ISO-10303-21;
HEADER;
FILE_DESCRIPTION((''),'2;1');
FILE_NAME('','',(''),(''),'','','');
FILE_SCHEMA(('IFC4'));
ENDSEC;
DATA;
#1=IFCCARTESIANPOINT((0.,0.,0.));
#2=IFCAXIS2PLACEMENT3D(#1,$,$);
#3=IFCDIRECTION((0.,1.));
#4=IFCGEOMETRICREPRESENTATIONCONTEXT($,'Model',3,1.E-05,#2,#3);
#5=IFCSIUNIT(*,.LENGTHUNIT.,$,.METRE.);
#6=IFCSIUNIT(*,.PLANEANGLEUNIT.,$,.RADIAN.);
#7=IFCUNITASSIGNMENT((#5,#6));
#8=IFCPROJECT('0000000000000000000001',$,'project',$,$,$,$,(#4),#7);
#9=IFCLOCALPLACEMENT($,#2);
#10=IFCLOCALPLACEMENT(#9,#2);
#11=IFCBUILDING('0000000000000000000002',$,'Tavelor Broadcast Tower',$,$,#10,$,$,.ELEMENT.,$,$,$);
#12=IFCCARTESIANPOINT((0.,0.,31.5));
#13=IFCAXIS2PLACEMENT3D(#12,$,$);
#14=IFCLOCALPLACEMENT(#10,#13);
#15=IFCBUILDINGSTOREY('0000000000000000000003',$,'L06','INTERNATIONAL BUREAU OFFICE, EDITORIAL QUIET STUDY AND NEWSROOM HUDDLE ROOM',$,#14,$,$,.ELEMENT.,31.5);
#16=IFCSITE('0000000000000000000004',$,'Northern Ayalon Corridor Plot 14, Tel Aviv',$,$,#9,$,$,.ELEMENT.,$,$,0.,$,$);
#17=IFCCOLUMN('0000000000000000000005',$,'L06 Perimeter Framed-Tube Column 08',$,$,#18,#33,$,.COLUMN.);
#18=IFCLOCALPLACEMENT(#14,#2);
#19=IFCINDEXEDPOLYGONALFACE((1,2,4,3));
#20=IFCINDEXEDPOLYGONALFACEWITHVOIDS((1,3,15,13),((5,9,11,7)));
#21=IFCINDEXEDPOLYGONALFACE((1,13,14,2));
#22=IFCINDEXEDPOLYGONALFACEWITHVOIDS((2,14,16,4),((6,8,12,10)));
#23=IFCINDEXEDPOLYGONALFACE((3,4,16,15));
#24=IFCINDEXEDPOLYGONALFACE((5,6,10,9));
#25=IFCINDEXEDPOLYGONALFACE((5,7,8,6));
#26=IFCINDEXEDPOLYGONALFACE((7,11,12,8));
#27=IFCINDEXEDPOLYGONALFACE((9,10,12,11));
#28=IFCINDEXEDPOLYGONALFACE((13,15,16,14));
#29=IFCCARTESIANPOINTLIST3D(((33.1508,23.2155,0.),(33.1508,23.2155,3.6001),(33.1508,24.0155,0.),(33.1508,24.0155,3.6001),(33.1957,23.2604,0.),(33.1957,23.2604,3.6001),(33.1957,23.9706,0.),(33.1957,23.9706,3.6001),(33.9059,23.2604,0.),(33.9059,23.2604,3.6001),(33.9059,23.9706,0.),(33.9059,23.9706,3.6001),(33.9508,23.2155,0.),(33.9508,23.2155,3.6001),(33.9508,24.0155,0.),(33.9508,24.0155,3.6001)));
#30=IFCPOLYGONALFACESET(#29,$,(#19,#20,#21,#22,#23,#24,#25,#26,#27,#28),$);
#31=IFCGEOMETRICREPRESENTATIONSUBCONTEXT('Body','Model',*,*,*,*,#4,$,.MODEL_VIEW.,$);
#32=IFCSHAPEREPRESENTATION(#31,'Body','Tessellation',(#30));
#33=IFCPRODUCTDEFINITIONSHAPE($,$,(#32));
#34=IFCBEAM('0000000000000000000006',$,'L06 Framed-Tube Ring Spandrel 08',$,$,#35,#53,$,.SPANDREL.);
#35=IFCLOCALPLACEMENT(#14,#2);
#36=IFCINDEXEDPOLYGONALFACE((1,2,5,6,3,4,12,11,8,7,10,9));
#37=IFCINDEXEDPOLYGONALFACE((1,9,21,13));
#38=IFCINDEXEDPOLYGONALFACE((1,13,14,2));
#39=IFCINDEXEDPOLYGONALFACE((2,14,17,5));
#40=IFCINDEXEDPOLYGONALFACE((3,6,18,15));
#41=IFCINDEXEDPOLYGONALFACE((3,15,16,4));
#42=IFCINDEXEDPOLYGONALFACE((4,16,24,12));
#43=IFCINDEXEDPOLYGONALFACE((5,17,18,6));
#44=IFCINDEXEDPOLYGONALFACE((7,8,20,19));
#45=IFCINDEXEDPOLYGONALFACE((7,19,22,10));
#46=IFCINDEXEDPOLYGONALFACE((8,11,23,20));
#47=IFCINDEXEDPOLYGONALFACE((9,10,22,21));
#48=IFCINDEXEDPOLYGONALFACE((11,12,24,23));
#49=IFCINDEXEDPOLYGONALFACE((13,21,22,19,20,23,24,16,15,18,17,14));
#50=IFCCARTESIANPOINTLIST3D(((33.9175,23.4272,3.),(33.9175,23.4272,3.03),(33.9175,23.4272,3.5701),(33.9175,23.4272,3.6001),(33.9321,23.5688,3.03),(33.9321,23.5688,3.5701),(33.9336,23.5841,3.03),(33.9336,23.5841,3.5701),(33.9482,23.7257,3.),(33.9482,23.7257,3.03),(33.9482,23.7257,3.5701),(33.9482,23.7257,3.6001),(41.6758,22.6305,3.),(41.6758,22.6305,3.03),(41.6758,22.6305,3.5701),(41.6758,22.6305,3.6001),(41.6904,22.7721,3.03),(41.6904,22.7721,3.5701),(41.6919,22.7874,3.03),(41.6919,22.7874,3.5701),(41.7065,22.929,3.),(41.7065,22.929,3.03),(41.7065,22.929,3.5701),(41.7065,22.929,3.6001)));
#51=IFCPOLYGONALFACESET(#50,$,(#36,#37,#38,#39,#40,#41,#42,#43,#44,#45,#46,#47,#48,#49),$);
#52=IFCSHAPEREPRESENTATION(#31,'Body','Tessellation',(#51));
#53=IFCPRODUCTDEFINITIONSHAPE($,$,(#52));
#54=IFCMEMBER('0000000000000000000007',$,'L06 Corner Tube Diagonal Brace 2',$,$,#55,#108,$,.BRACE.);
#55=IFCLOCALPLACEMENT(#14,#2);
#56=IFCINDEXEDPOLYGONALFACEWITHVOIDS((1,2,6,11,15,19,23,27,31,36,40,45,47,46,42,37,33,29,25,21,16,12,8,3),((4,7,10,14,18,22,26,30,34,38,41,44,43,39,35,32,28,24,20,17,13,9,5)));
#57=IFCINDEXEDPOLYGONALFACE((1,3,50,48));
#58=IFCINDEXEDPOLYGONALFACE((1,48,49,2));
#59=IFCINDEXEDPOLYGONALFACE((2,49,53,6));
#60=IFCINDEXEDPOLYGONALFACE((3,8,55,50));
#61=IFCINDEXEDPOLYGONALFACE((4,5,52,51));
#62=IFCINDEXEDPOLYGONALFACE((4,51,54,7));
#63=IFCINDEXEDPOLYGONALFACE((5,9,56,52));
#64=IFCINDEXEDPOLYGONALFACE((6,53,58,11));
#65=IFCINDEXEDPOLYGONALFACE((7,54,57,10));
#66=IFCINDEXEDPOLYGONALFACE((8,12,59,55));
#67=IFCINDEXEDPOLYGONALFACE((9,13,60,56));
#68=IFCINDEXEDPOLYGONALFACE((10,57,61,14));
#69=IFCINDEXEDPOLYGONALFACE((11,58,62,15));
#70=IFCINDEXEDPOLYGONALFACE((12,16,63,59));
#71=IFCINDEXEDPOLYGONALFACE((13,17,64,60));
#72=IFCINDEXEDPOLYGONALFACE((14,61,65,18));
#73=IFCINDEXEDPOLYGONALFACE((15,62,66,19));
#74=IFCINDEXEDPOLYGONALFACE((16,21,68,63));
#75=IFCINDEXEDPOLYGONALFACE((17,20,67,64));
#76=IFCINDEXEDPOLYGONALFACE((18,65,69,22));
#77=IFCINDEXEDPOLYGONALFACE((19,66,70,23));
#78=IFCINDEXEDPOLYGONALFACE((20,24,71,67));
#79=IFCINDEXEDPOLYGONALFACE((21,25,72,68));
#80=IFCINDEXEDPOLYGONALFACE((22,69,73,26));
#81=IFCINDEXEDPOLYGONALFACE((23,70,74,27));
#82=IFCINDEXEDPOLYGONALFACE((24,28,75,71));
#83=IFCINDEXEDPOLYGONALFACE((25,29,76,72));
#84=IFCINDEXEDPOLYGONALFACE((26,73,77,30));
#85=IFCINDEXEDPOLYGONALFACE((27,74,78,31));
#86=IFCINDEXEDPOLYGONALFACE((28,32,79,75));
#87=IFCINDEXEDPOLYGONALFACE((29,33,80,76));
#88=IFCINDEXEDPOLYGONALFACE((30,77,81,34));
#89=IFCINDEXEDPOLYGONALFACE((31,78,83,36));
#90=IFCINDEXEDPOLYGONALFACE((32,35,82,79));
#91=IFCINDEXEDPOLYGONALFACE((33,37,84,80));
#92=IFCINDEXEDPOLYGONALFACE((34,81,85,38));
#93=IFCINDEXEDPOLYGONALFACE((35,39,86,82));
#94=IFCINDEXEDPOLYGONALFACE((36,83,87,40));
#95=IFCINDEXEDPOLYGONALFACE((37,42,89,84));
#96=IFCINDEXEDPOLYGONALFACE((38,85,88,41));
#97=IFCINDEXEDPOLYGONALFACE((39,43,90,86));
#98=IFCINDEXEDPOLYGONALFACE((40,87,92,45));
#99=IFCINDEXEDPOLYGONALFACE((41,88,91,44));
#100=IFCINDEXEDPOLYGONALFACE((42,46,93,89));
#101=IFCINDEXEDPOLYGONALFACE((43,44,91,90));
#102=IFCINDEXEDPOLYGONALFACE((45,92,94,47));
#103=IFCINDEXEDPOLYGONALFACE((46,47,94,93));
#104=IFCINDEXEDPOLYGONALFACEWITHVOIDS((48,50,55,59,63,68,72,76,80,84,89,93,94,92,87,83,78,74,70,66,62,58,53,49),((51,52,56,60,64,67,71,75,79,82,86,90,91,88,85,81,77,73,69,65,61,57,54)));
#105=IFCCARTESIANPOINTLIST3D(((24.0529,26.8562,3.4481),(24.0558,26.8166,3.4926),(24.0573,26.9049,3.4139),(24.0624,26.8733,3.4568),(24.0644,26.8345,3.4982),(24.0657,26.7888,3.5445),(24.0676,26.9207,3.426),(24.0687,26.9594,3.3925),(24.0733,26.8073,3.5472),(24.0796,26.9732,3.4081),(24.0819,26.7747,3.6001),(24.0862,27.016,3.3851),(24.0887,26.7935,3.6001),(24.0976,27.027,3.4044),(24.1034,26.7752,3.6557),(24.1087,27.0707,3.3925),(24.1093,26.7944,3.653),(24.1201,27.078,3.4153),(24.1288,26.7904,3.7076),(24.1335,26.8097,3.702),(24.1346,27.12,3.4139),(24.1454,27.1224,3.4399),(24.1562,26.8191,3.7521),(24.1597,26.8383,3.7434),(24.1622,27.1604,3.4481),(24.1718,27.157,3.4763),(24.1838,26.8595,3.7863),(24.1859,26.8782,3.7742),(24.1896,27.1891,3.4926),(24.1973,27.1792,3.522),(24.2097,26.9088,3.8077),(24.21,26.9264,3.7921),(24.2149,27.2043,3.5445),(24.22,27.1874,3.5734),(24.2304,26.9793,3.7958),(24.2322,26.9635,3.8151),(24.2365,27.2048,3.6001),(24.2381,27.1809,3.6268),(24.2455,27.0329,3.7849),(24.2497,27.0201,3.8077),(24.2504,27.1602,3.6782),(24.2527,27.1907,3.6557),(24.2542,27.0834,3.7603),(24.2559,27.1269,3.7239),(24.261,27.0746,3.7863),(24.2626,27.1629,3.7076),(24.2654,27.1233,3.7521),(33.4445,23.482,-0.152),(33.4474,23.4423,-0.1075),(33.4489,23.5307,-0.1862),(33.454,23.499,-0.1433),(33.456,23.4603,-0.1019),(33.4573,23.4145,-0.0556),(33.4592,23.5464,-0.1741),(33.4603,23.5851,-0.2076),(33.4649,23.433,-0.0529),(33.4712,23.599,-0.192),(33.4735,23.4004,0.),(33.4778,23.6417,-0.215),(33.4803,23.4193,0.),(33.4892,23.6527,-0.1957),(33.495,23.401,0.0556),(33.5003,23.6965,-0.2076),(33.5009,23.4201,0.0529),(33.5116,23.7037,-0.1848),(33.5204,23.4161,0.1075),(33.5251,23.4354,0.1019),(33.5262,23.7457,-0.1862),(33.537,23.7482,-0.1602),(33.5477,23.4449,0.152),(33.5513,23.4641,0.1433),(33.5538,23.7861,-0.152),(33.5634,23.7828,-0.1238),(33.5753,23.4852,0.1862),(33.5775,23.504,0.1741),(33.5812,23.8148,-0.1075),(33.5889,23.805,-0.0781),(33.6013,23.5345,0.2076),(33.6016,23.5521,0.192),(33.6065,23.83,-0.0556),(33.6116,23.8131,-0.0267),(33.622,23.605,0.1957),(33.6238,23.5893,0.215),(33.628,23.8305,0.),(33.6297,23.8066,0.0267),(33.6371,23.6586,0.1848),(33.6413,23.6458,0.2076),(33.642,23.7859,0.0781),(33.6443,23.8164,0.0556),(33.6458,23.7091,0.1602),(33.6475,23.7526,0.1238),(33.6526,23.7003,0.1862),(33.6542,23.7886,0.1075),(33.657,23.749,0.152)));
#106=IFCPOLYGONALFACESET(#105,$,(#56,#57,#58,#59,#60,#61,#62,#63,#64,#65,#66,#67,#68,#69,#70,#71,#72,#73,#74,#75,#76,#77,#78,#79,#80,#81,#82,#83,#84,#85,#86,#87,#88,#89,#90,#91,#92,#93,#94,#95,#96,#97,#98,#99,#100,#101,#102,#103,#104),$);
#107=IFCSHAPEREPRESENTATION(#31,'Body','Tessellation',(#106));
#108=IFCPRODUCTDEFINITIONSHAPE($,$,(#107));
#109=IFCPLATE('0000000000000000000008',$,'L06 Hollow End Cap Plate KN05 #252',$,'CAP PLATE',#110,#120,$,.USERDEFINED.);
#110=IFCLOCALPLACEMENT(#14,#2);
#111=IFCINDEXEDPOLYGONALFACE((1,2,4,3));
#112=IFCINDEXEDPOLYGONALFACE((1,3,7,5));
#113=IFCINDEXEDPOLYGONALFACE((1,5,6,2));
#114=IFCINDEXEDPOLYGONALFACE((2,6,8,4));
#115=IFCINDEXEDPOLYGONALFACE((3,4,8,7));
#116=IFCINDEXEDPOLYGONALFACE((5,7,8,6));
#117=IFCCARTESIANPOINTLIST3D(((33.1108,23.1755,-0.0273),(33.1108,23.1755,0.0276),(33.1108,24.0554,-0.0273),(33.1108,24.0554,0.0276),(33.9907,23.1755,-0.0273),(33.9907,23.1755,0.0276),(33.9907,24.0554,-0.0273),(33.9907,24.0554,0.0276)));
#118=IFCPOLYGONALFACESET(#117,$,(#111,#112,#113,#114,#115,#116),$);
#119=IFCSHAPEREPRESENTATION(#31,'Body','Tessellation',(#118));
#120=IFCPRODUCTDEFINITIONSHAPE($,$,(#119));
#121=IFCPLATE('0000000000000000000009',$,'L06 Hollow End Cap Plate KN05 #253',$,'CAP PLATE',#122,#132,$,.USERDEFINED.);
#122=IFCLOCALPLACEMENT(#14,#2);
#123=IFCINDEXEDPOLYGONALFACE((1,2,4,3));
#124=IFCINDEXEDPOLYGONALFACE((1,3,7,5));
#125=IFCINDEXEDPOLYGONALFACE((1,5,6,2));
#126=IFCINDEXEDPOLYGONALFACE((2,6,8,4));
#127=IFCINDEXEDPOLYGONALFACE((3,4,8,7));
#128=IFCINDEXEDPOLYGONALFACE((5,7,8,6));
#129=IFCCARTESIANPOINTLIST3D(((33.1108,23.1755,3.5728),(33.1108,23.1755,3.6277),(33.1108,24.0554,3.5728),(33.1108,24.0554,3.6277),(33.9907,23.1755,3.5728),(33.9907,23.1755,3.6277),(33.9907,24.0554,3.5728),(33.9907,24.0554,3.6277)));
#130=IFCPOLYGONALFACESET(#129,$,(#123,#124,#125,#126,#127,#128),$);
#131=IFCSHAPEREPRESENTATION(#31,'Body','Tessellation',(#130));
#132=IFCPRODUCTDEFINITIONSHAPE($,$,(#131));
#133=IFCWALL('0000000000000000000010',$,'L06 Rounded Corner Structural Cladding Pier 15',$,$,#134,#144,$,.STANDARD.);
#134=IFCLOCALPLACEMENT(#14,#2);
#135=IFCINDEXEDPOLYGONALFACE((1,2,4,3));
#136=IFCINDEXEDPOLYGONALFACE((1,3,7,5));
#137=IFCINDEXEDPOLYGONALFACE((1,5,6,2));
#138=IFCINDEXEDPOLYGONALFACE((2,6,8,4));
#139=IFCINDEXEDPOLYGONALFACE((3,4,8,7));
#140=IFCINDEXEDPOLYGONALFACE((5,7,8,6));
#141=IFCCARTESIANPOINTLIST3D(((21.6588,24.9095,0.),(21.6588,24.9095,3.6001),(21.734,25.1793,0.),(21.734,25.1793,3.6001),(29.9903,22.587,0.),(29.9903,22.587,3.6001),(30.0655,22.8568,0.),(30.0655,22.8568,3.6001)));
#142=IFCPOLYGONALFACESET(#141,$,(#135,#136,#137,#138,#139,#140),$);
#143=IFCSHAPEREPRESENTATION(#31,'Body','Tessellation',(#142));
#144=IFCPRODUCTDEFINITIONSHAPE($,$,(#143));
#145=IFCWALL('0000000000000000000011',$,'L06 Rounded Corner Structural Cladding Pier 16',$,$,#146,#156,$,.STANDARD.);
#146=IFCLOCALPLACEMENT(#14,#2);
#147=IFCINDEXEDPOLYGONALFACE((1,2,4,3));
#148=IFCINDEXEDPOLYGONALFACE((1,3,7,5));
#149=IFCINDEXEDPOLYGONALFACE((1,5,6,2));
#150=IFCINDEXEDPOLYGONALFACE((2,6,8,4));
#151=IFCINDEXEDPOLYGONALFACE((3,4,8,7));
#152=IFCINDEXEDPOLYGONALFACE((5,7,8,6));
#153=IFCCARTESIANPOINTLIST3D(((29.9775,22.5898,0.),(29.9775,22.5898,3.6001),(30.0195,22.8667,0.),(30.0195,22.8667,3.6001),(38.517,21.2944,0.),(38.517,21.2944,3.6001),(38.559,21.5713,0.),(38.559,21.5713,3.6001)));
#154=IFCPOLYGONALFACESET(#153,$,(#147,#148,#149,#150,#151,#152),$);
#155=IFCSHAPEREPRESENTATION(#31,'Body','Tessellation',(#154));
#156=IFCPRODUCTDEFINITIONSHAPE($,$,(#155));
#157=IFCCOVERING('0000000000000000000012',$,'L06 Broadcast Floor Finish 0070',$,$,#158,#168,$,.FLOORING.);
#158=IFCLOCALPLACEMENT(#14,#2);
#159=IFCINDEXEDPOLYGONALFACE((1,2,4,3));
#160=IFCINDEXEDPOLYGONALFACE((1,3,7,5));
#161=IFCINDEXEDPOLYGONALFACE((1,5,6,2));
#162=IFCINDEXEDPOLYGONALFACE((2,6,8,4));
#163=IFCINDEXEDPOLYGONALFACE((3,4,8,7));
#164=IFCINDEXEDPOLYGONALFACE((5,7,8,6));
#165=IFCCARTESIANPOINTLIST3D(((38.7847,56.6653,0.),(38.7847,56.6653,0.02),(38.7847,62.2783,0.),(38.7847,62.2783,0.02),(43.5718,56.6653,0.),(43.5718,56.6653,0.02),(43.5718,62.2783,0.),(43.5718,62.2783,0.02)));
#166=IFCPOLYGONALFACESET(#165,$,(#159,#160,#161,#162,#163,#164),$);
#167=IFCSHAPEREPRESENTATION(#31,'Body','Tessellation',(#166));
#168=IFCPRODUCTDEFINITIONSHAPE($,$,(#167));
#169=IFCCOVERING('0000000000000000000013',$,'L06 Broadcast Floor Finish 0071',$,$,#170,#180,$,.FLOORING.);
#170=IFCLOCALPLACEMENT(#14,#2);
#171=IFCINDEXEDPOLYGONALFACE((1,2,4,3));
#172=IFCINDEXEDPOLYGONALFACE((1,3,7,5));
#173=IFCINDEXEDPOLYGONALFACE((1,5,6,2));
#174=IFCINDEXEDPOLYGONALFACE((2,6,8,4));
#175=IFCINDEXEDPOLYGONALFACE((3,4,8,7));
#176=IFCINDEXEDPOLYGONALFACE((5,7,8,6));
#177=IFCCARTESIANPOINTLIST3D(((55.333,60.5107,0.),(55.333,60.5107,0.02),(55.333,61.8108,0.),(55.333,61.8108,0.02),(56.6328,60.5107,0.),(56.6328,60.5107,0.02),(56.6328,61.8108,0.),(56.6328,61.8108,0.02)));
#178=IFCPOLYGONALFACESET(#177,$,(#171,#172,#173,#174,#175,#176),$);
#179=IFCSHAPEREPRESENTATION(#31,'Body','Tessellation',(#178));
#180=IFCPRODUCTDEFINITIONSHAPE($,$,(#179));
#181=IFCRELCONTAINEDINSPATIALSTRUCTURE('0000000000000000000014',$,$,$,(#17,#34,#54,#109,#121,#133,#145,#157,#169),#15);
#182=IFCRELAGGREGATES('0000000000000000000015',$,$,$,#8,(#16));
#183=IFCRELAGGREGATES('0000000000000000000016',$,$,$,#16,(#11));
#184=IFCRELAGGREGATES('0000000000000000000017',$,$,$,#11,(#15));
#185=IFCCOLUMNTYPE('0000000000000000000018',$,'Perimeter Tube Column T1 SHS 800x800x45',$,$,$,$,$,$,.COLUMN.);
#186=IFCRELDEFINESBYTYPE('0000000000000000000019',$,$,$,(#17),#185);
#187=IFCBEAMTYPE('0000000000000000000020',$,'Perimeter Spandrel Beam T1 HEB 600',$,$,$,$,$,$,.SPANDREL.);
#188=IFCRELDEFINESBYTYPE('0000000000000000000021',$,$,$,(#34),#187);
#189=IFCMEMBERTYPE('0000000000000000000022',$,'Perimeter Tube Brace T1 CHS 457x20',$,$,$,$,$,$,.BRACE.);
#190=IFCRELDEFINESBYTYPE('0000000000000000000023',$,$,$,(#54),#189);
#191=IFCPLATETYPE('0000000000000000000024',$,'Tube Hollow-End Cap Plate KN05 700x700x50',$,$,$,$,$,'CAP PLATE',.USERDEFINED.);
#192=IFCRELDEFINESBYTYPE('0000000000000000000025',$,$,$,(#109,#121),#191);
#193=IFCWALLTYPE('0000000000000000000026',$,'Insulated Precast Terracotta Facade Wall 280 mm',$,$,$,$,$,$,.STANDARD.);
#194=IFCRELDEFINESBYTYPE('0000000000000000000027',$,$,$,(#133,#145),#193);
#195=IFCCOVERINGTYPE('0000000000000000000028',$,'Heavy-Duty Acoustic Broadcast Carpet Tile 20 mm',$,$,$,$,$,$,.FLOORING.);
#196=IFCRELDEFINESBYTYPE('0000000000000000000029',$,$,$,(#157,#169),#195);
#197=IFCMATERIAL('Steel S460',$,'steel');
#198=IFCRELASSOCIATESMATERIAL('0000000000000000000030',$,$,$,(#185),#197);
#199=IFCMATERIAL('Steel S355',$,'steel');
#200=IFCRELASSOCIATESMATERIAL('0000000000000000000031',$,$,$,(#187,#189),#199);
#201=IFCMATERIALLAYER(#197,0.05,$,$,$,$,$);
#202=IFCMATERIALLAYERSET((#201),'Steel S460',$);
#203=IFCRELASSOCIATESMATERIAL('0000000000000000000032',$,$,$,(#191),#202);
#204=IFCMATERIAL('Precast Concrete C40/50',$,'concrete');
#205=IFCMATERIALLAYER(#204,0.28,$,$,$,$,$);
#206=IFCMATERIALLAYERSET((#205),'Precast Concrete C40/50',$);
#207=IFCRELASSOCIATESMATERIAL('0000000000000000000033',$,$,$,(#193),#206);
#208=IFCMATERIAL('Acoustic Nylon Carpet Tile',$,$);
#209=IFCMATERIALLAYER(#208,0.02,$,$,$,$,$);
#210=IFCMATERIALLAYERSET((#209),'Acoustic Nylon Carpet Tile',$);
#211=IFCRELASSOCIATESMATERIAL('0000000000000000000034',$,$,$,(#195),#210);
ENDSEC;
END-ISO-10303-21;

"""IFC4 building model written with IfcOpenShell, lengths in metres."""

from ifc_helpers import new_model, si_unit, direction, frame, frame_2d, origin, origin_2d, place, context, subcontext, project, spatial, polyline, rectangle, hollow_rectangle, hollow_circle, i_section, outline, extrude, source, transform, mapped, material, layer, layer_set, material_profile, profile_set, type_object, type_shapes, element, save


model = new_model("IFC4")

# Units and contexts
model_context = context("Model", 3, precision=1e-05, world=origin(), true_north=direction((0.0, 1.0)))
body_context = subcontext(model_context, "Body", "Model", "MODEL_VIEW")
ifc_project = project(units=[si_unit("LENGTHUNIT", "METRE"), si_unit("PLANEANGLEUNIT", "RADIAN")], contexts=[model_context])

# Site, building, storey
site_placement = place(None, origin())
site = spatial("IfcSite", under=ifc_project, at=site_placement, Name="Northern Ayalon Corridor Plot 14, Tel Aviv", CompositionType="ELEMENT", RefElevation=0.0)
building_placement = place(site_placement, origin())
building = spatial("IfcBuilding", under=site, at=building_placement, Name="Tavelor Broadcast Tower", CompositionType="ELEMENT")
storey_placement = place(building_placement, frame((0.0, 0.0, 31.5)))
storey = spatial("IfcBuildingStorey", under=building, at=storey_placement, Name="L06", Description="INTERNATIONAL BUREAU OFFICE, EDITORIAL QUIET STUDY AND NEWSROOM HUDDLE ROOM", CompositionType="ELEMENT", Elevation=31.5)

# Column
ifc_material_1 = material(Name="Steel S460", Category="steel")
ifc_material_profile_1 = material_profile(ifc_material_1, hollow_rectangle(XDim=0.8, YDim=0.8, WallThickness=0.0449, at=origin_2d()), Name="SHS 800x800x45")
ifc_profile_set_1 = profile_set([ifc_material_profile_1], Name="Steel S460")
column_type = type_object("IfcColumnType", Name="Perimeter Tube Column T1 SHS 800x800x45", PredefinedType="COLUMN", material=ifc_profile_set_1)
column_placement = place(storey_placement, frame((33.5508, 23.6155, 0.0), z_axis=(0.0, 0.0, 1.0), x_axis=(1.0, 0.0, 0.0)))
element("IfcColumn", 1, at=column_placement, inside=storey, type_object=column_type, Name="L06 Perimeter Framed-Tube Column 08", PredefinedType="COLUMN", context=body_context, shape_type="SweptSolid", body=[
    extrude(hollow_rectangle(XDim=0.8, YDim=0.8, WallThickness=0.0449, at=origin_2d()), origin(), (0.0, 0.0, 1.0), 3.6001),
])

# Beam
ifc_material_2 = material(Name="Steel S355", Category="steel")
ifc_material_profile_2 = material_profile(ifc_material_2, i_section(OverallWidth=0.3, OverallDepth=0.6001, WebThickness=0.0154, FlangeThickness=0.03, at=origin_2d()), Name="HEB 600")
ifc_profile_set_2 = profile_set([ifc_material_profile_2], Name="Steel S355")
beam_type = type_object("IfcBeamType", Name="Perimeter Spandrel Beam T1 HEB 600", PredefinedType="SPANDREL", material=ifc_profile_set_2)
beam_placement = place(storey_placement, frame((33.9329, 23.5764, 3.3), z_axis=(0.99477, -0.102144, 0.0), x_axis=(0.102144, 0.99477, 0.0)))
element("IfcBeam", 2, at=beam_placement, inside=storey, type_object=beam_type, Name="L06 Framed-Tube Ring Spandrel 08", PredefinedType="SPANDREL", context=body_context, shape_type="SweptSolid", body=[
    extrude(i_section(OverallWidth=0.3, OverallDepth=0.6001, WebThickness=0.0154, FlangeThickness=0.03, at=origin_2d()), origin(), (0.0, 0.0, 1.0), 7.7991),
])

# Member
ifc_material_profile_3 = material_profile(ifc_material_2, hollow_circle(Radius=0.2285, WallThickness=0.02, at=origin_2d()), Name="CHS 457x20")
ifc_profile_set_3 = profile_set([ifc_material_profile_3], Name="Steel S355")
member_type = type_object("IfcMemberType", Name="Perimeter Tube Brace T1 CHS 457x20", PredefinedType="BRACE", material=ifc_profile_set_3)
member_placement = place(storey_placement, frame((33.5508, 23.6155, 0.0), z_axis=(-0.885258, 0.31806, 0.339347), x_axis=(-0.338124, -0.941101, 0.0)))
element("IfcMember", 3, at=member_placement, inside=storey, type_object=member_type, Name="L06 Corner Tube Diagonal Brace 2", PredefinedType="BRACE", context=body_context, shape_type="SweptSolid", body=[
    extrude(hollow_circle(Radius=0.2285, WallThickness=0.02, at=origin_2d()), origin(), (0.0, 0.0, 1.0), 10.6089),
])

# Plates
ifc_layer_1 = layer(ifc_material_1, 0.05)
ifc_layer_set_1 = layer_set([ifc_layer_1], Name="Steel S460")
plate_type = type_object("IfcPlateType", Name="Tube Hollow-End Cap Plate KN05 700x700x50", ElementType="CAP PLATE", PredefinedType="USERDEFINED", material=ifc_layer_set_1)
shared_shape = source(origin(), body_context, "Body", "SweptSolid", [
    extrude(rectangle(XDim=0.8799, YDim=0.8799, at=origin_2d()), origin(), (0.0, 0.0, 1.0), 0.0549),
])
type_shapes(plate_type, [shared_shape])
for number, where, z_axis, x_axis, name in (
    (4, (33.5508, 23.6155, -0.0273), (0.0, 0.0, 1.0), (1.0, 0.0, 0.0), "L06 Hollow End Cap Plate KN05 #252"),
    (5, (33.5508, 23.6155, 3.5728), (0.0, 0.0, 1.0), (1.0, 0.0, 0.0), "L06 Hollow End Cap Plate KN05 #253"),
):
    element("IfcPlate", number, at=place(storey_placement, frame(where, z_axis=z_axis, x_axis=x_axis)), inside=storey, type_object=plate_type, Name=name, ObjectType="CAP PLATE", PredefinedType="USERDEFINED", context=body_context, shape_type="MappedRepresentation", body=[
        mapped(shared_shape, transform((0.0, 0.0, 0.0), scale=1.0)),
    ])

# Walls
ifc_material_3 = material(Name="Precast Concrete C40/50", Category="concrete")
ifc_layer_2 = layer(ifc_material_3, 0.28)
ifc_layer_set_2 = layer_set([ifc_layer_2], Name="Precast Concrete C40/50")
wall_type = type_object("IfcWallType", Name="Insulated Precast Terracotta Facade Wall 280 mm", PredefinedType="STANDARD", material=ifc_layer_set_2)
wall_1_placement = place(storey_placement, frame((21.6963, 25.0444, 0.0), z_axis=(0.0, 0.0, 1.0), x_axis=(0.963273, -0.268523, 0.0)))
element("IfcWall", 6, at=wall_1_placement, inside=storey, type_object=wall_type, Name="L06 Rounded Corner Structural Cladding Pier 15", PredefinedType="STANDARD", context=body_context, shape_type="SweptSolid", body=[
    extrude(rectangle(XDim=8.6492, YDim=0.28, at=frame_2d((4.3247, 0.0))), origin(), (0.0, 0.0, 1.0), 3.6001),
])
wall_2_placement = place(storey_placement, frame((29.9985, 22.7283, 0.0), z_axis=(0.0, 0.0, 1.0), x_axis=(0.988689, -0.14998, 0.0)))
element("IfcWall", 7, at=wall_2_placement, inside=storey, type_object=wall_type, Name="L06 Rounded Corner Structural Cladding Pier 16", PredefinedType="STANDARD", context=body_context, shape_type="SweptSolid", body=[
    extrude(rectangle(XDim=8.6372, YDim=0.28, at=frame_2d((4.3186, 0.0))), origin(), (0.0, 0.0, 1.0), 3.6001),
])

# Coverings
ifc_material_4 = material(Name="Acoustic Nylon Carpet Tile")
ifc_layer_3 = layer(ifc_material_4, 0.02)
ifc_layer_set_3 = layer_set([ifc_layer_3], Name="Acoustic Nylon Carpet Tile")
covering_type_1 = type_object("IfcCoveringType", Name="Heavy-Duty Acoustic Broadcast Carpet Tile 20 mm", PredefinedType="FLOORING", material=ifc_layer_set_3)
covering_1_placement = place(storey_placement, origin())
element("IfcCovering", 8, at=covering_1_placement, inside=storey, type_object=covering_type_1, Name="L06 Broadcast Floor Finish 0070", PredefinedType="FLOORING", context=body_context, shape_type="SweptSolid", body=[
    extrude(outline(polyline([(38.7847, 56.6653), (43.5718, 56.6653), (43.5718, 62.2783), (38.7847, 62.2783), (38.7847, 56.6653)])), origin(), (0.0, 0.0, 1.0), 0.02),
])
covering_2_placement = place(storey_placement, origin())
element("IfcCovering", 9, at=covering_2_placement, inside=storey, type_object=covering_type_1, Name="L06 Broadcast Floor Finish 0071", PredefinedType="FLOORING", context=body_context, shape_type="SweptSolid", body=[
    extrude(outline(polyline([(55.333, 60.5107), (56.6328, 60.5107), (56.6328, 61.8108), (55.333, 61.8108), (55.333, 60.5107)])), origin(), (0.0, 0.0, 1.0), 0.02),
])

save(model, "model.ifc")
